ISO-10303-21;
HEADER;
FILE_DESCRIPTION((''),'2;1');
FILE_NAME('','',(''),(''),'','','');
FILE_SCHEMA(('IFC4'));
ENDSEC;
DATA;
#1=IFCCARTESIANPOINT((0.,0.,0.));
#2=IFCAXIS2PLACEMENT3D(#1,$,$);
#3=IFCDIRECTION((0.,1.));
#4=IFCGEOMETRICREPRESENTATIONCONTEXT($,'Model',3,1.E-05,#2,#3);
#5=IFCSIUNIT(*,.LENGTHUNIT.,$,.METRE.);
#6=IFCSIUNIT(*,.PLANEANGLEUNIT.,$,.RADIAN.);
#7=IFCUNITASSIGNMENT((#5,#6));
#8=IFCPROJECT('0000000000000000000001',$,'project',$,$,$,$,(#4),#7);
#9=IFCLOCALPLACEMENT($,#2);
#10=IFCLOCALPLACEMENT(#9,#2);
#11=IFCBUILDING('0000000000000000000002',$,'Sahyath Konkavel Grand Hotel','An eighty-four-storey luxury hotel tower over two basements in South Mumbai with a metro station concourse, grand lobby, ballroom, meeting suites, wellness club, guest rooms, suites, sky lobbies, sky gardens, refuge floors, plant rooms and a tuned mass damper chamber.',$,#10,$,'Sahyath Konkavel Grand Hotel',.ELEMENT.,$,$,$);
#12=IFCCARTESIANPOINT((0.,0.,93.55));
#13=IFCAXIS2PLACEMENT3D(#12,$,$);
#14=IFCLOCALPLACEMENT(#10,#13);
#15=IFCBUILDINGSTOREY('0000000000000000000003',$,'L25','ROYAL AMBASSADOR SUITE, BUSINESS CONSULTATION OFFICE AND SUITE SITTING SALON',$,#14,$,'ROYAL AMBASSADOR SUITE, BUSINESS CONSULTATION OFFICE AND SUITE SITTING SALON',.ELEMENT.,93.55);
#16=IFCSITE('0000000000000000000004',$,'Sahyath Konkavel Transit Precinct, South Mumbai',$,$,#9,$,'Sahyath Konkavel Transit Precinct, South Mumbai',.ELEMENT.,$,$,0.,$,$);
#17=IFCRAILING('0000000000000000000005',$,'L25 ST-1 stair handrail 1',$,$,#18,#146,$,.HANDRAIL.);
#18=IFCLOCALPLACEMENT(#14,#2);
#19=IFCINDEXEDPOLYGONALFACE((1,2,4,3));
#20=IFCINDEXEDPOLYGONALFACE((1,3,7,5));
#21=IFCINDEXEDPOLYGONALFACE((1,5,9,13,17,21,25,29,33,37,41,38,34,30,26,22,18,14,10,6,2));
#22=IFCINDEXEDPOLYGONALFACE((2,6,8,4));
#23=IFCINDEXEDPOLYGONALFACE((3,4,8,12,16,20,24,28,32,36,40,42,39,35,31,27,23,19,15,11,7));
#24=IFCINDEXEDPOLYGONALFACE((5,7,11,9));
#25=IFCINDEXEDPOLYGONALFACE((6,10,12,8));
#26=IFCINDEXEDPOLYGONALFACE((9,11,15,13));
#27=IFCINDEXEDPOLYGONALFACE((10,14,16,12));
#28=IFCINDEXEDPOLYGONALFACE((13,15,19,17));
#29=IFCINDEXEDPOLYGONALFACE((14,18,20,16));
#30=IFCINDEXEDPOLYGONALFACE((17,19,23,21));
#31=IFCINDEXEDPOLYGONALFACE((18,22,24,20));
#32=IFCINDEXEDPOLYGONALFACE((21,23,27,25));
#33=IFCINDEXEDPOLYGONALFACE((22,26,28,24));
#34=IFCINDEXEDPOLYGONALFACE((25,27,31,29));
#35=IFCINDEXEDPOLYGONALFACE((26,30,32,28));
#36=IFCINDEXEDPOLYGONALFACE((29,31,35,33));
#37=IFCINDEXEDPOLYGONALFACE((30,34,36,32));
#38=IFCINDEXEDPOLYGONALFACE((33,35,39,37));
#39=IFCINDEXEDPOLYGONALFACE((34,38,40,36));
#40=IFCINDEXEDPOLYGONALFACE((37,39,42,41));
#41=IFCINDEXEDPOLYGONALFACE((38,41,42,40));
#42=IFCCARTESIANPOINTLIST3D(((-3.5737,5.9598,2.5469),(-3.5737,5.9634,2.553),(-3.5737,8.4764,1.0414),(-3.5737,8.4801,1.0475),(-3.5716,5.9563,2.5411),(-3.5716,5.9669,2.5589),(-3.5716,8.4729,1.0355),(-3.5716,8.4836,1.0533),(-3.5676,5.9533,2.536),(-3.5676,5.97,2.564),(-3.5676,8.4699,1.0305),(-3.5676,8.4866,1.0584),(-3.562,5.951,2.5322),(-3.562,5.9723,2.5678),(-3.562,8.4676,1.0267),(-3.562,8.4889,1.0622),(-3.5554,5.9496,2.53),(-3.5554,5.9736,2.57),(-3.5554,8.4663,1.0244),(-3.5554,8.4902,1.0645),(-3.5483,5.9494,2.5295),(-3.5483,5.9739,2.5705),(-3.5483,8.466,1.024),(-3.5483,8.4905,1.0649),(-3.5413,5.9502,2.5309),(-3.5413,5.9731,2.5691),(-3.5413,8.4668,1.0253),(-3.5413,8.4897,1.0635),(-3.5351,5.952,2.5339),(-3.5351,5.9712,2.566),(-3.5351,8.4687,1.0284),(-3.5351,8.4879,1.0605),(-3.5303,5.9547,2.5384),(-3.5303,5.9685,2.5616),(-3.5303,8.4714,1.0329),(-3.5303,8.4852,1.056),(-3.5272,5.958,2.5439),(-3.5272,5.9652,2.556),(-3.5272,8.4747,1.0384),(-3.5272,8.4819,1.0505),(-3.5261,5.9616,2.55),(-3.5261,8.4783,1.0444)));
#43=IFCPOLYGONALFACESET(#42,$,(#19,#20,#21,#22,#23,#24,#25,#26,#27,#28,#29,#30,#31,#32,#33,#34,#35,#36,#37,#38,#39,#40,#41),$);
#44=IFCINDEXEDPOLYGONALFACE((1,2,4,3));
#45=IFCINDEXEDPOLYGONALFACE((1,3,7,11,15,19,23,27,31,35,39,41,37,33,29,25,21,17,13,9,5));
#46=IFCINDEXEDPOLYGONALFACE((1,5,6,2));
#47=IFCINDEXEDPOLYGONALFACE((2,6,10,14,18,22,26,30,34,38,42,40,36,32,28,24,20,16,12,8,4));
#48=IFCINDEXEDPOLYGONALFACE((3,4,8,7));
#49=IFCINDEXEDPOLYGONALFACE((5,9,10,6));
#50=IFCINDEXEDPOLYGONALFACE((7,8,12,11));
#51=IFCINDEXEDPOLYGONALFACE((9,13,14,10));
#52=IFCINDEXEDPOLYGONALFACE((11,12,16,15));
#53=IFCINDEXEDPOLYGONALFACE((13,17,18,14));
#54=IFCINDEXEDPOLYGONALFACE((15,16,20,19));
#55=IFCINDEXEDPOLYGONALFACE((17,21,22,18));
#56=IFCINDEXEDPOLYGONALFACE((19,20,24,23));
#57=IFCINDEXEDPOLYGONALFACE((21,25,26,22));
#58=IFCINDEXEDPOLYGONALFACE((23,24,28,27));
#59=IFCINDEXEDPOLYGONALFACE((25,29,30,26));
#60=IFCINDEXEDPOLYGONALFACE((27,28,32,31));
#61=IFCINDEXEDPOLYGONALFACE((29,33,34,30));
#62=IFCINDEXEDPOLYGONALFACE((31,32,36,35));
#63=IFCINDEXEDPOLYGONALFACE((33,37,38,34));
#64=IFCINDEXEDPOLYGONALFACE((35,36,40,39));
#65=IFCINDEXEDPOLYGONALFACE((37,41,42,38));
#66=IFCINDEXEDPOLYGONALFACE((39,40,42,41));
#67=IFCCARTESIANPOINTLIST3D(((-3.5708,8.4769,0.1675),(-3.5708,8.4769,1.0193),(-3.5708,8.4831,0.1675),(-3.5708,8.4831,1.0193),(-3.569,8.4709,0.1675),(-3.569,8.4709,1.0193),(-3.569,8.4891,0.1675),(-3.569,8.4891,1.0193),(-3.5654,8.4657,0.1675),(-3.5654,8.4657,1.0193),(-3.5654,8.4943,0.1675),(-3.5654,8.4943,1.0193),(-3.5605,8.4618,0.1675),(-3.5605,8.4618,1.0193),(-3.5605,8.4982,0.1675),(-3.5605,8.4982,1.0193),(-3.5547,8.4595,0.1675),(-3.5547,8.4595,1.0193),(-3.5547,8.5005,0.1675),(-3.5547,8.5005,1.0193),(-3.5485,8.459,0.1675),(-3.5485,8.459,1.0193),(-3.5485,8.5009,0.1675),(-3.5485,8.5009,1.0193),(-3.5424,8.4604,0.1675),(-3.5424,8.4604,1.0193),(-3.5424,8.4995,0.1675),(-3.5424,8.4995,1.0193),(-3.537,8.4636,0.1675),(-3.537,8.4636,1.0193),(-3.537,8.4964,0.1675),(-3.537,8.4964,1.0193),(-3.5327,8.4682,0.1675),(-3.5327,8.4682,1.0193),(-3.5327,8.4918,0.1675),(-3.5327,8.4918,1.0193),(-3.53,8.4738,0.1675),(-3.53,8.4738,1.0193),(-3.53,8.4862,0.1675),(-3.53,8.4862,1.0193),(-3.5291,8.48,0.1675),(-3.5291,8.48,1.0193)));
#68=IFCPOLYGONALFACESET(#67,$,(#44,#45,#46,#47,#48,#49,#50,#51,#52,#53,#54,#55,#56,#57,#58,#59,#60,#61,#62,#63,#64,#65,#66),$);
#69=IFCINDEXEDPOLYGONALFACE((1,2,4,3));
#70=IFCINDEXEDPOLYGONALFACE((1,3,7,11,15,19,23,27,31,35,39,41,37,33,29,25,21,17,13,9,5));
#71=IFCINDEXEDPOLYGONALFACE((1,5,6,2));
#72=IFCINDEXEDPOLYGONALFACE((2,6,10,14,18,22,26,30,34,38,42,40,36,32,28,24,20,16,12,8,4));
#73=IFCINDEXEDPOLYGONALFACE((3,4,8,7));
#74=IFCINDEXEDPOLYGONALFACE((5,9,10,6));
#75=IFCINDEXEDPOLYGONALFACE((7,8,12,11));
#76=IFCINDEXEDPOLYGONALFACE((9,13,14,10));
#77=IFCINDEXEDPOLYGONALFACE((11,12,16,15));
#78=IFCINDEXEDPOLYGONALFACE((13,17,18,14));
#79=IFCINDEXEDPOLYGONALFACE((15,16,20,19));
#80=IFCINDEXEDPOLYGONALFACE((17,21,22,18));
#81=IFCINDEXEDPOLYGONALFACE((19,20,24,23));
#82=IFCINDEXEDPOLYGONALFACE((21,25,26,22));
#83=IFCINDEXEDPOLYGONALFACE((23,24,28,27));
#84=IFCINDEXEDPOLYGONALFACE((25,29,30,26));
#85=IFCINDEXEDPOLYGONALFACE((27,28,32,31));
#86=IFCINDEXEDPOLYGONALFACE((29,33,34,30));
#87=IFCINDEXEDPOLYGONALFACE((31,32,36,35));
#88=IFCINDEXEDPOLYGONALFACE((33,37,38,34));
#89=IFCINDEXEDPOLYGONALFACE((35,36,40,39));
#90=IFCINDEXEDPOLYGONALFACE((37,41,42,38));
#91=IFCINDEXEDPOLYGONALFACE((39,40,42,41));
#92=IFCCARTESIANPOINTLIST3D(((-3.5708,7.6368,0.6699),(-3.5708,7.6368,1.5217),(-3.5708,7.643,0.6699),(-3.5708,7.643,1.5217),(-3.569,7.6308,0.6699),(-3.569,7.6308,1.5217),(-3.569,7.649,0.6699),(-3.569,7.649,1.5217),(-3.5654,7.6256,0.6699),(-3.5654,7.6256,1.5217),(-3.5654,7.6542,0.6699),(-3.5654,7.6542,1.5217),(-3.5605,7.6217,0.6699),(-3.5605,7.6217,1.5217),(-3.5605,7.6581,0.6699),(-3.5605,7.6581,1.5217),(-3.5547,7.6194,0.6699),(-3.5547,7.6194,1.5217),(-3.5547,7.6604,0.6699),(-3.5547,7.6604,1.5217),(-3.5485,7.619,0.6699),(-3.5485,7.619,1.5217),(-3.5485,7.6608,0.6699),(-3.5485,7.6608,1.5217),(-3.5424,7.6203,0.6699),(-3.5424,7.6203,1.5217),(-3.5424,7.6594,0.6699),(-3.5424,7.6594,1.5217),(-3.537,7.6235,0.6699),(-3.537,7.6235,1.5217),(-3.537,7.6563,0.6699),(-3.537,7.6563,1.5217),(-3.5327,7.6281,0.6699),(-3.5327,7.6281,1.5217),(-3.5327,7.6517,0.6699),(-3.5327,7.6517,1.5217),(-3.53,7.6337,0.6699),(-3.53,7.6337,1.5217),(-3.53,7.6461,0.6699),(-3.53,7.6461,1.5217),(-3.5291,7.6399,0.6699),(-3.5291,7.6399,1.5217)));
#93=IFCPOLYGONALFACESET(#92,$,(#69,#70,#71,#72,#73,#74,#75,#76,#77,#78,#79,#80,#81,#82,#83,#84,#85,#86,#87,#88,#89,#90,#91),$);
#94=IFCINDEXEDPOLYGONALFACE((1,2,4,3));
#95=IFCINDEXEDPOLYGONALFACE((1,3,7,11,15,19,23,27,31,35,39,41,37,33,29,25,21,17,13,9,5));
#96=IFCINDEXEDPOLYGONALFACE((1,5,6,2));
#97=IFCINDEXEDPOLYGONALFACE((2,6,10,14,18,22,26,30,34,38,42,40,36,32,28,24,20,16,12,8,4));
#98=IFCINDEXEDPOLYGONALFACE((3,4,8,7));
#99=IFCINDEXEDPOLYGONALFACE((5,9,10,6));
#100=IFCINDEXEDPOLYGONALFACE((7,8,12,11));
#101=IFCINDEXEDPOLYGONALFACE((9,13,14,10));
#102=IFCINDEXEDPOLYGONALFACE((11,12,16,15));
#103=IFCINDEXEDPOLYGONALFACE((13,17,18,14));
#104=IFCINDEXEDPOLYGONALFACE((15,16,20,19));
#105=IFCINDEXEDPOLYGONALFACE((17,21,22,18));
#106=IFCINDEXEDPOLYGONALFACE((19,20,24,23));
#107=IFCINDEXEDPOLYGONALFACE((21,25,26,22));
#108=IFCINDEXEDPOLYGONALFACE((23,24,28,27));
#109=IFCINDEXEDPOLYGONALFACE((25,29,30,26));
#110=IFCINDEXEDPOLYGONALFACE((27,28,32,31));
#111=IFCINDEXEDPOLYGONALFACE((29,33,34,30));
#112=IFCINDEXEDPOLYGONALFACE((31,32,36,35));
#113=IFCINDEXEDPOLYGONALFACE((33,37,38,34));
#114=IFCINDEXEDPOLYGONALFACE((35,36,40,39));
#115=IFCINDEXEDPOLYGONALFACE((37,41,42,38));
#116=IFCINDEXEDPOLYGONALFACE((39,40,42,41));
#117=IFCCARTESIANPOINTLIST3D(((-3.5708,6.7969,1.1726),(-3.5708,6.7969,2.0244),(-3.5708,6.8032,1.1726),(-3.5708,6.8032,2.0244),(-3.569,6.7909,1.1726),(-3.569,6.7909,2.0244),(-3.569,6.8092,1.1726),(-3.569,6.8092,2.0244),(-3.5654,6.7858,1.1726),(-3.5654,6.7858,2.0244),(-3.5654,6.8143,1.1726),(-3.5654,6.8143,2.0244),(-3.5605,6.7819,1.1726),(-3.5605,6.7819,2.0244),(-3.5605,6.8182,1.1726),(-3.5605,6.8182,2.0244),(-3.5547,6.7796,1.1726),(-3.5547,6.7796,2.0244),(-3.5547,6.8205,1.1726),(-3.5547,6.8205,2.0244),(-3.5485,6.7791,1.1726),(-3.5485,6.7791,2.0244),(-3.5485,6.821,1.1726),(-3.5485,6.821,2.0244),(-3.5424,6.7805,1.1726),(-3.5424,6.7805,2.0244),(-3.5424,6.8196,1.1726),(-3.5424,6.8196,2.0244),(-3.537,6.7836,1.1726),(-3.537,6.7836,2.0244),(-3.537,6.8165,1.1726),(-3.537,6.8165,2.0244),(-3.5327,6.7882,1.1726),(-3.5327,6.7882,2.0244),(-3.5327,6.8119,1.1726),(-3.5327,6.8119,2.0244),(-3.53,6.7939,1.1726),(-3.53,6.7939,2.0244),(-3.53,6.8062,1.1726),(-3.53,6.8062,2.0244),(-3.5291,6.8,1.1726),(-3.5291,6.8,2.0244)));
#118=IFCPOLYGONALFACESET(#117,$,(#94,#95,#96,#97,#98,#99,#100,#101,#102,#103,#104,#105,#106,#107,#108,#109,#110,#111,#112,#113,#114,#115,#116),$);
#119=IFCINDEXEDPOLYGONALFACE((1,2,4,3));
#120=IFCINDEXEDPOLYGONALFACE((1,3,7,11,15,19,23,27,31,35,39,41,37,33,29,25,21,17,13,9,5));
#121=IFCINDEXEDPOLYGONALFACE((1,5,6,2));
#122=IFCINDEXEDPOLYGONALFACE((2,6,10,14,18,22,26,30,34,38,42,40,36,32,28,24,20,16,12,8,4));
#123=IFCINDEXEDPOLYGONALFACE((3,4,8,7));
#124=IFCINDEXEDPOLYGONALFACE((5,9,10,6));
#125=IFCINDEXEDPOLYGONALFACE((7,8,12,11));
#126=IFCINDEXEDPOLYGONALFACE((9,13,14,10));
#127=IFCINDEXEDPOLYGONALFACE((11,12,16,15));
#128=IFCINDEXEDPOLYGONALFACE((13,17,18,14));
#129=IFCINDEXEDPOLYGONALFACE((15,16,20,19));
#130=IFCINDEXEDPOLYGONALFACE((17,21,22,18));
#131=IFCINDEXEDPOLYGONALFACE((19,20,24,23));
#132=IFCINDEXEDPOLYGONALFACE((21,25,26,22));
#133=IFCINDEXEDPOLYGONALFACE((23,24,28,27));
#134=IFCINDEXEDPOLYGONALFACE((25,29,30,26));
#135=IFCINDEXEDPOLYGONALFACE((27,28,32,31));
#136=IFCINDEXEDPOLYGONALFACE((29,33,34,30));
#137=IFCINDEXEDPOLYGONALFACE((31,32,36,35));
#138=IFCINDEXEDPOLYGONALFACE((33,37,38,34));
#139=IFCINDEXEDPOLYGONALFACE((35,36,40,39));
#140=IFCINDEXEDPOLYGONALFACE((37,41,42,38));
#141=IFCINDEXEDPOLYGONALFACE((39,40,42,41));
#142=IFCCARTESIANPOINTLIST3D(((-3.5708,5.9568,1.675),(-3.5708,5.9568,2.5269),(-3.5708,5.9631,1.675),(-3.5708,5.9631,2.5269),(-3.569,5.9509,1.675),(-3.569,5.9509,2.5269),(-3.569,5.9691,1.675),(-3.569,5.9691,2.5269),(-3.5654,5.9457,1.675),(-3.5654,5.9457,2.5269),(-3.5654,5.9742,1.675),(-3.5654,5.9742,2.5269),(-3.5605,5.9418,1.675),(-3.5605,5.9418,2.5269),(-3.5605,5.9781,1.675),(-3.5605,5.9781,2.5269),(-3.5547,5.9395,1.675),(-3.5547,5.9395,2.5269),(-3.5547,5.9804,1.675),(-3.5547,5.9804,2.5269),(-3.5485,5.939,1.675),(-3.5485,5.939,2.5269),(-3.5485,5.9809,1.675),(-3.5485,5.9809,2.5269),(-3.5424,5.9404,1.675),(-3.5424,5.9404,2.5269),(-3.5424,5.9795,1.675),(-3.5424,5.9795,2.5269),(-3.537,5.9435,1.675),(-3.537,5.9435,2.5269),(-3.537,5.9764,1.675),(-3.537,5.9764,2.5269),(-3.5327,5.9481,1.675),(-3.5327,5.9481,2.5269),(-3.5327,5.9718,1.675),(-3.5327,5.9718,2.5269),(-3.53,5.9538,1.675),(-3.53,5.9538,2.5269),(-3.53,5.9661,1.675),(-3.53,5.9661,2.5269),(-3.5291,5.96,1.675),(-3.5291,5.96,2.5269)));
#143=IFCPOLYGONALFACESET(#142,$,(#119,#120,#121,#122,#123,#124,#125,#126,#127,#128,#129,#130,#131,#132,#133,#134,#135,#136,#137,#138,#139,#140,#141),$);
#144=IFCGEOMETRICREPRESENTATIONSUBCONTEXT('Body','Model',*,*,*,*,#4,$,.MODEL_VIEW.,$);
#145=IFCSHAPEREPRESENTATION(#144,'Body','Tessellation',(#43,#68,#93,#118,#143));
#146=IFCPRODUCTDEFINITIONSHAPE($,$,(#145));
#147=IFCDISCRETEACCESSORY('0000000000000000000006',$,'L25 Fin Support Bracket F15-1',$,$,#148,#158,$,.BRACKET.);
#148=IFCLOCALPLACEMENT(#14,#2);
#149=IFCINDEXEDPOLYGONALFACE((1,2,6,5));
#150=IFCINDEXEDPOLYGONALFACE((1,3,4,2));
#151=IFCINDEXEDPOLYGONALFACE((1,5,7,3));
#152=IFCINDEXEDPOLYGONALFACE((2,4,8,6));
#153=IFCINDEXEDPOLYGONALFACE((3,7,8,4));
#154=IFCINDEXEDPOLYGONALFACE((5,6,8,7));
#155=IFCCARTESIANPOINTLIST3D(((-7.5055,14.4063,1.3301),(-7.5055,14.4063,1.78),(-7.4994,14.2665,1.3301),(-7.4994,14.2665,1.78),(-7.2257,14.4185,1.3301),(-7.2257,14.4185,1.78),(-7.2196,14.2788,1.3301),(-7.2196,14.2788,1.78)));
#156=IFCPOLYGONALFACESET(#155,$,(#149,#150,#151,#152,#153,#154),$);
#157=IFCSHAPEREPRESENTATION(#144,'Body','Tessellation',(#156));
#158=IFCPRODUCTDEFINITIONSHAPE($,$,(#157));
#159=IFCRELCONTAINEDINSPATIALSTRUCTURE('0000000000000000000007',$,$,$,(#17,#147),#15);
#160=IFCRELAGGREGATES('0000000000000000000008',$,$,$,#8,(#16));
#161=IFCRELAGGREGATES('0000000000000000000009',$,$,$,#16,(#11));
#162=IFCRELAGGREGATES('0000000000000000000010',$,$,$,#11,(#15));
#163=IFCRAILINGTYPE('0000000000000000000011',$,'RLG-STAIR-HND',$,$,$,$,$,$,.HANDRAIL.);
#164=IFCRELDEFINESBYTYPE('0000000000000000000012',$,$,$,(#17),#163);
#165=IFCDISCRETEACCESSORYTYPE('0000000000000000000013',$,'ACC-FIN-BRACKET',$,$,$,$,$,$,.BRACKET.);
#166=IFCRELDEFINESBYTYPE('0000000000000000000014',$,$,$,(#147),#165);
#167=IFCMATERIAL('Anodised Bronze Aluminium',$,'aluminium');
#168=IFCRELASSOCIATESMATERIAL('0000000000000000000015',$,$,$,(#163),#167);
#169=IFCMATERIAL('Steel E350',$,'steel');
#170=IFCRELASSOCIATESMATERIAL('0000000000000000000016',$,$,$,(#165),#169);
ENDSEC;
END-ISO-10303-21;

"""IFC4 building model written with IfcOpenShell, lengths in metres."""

from ifc_helpers import new_model, si_unit, direction, frame, origin, origin_2d, place, context, subcontext, project, spatial, rectangle, circle, extrude, source, transform, mapped, material, type_object, element, save


model = new_model("IFC4")

# Units and contexts
model_context = context("Model", 3, precision=1e-05, world=origin(), true_north=direction((0.0, 1.0)))
body_context = subcontext(model_context, "Body", "Model", "MODEL_VIEW")
ifc_project = project(units=[si_unit("LENGTHUNIT", "METRE"), si_unit("PLANEANGLEUNIT", "RADIAN")], contexts=[model_context])

# Site, building, storey
site_placement = place(None, origin())
site = spatial("IfcSite", under=ifc_project, at=site_placement, Name="Sahyath Konkavel Transit Precinct, South Mumbai", LongName="Sahyath Konkavel Transit Precinct, South Mumbai", CompositionType="ELEMENT", RefElevation=0.0)
building_placement = place(site_placement, origin())
building = spatial("IfcBuilding", under=site, at=building_placement, Name="Sahyath Konkavel Grand Hotel", Description="An eighty-four-storey luxury hotel tower over two basements in South Mumbai with a metro station concourse, grand lobby, ballroom, meeting suites, wellness club, guest rooms, suites, sky lobbies, sky gardens, refuge floors, plant rooms and a tuned mass damper chamber.", LongName="Sahyath Konkavel Grand Hotel", CompositionType="ELEMENT")
storey_placement = place(building_placement, frame((0.0, 0.0, 93.55)))
storey = spatial("IfcBuildingStorey", under=building, at=storey_placement, Name="L25", Description="ROYAL AMBASSADOR SUITE, BUSINESS CONSULTATION OFFICE AND SUITE SITTING SALON", LongName="ROYAL AMBASSADOR SUITE, BUSINESS CONSULTATION OFFICE AND SUITE SITTING SALON", CompositionType="ELEMENT", Elevation=93.55)

# Shared definitions
ifc_material_1 = material(Name="Steel E350", Category="steel")

# Shared definitions
ifc_material_2 = material(Name="Anodised Bronze Aluminium", Category="aluminium")

# Railing
railing_type_1 = type_object("IfcRailingType", Name="RLG-STAIR-HND", PredefinedType="HANDRAIL", material=ifc_material_2)
railing_1_placement = place(storey_placement, frame((-3.55, 8.48, 0.1675)))
element("IfcRailing", 1, at=railing_1_placement, inside=storey, type_object=railing_type_1, Name="L25 ST-1 stair handrail 1", PredefinedType="HANDRAIL", context=body_context, shape_type="SweptSolid", body=[
    extrude(circle(Radius=0.0239, at=origin_2d()), frame((0.0, -0.0017, 0.877), z_axis=(0.0, -0.85816, 0.513383), x_axis=(1.0, 0.0, 0.0)), (0.0, 0.0, 1.0), 2.9326),
    extrude(circle(Radius=0.021, at=origin_2d()), origin(), (0.0, 0.0, 1.0), 0.8518),
    extrude(circle(Radius=0.021, at=origin_2d()), frame((0.0, -0.8401, 0.5024)), (0.0, 0.0, 1.0), 0.8518),
    extrude(circle(Radius=0.021, at=origin_2d()), frame((0.0, -1.6799, 1.0051)), (0.0, 0.0, 1.0), 0.8518),
    extrude(circle(Radius=0.021, at=origin_2d()), frame((0.0, -2.52, 1.5076)), (0.0, 0.0, 1.0), 0.8518),
])

# Discrete accessory
discrete_accessory_type = type_object("IfcDiscreteAccessoryType", Name="ACC-FIN-BRACKET", PredefinedType="BRACKET", material=ifc_material_1)
shared_shape_1 = source(origin(), body_context, "Body", "SweptSolid", [
    extrude(rectangle(XDim=0.28, YDim=0.1399, at=origin_2d()), origin(), (0.0, 0.0, 1.0), 0.45),
])
discrete_accessory_placement = place(storey_placement, frame((-7.3625, 14.3425, 1.3301), z_axis=(0.0, 0.0, 1.0), x_axis=(-0.999048, -0.043619, 0.0)))
element("IfcDiscreteAccessory", 2, at=discrete_accessory_placement, inside=storey, type_object=discrete_accessory_type, Name="L25 Fin Support Bracket F15-1", PredefinedType="BRACKET", context=body_context, shape_type="MappedRepresentation", body=[
    mapped(shared_shape_1, transform((0.0, 0.0, 0.0), scale=1.0)),
])

save(model, "model.ifc")
